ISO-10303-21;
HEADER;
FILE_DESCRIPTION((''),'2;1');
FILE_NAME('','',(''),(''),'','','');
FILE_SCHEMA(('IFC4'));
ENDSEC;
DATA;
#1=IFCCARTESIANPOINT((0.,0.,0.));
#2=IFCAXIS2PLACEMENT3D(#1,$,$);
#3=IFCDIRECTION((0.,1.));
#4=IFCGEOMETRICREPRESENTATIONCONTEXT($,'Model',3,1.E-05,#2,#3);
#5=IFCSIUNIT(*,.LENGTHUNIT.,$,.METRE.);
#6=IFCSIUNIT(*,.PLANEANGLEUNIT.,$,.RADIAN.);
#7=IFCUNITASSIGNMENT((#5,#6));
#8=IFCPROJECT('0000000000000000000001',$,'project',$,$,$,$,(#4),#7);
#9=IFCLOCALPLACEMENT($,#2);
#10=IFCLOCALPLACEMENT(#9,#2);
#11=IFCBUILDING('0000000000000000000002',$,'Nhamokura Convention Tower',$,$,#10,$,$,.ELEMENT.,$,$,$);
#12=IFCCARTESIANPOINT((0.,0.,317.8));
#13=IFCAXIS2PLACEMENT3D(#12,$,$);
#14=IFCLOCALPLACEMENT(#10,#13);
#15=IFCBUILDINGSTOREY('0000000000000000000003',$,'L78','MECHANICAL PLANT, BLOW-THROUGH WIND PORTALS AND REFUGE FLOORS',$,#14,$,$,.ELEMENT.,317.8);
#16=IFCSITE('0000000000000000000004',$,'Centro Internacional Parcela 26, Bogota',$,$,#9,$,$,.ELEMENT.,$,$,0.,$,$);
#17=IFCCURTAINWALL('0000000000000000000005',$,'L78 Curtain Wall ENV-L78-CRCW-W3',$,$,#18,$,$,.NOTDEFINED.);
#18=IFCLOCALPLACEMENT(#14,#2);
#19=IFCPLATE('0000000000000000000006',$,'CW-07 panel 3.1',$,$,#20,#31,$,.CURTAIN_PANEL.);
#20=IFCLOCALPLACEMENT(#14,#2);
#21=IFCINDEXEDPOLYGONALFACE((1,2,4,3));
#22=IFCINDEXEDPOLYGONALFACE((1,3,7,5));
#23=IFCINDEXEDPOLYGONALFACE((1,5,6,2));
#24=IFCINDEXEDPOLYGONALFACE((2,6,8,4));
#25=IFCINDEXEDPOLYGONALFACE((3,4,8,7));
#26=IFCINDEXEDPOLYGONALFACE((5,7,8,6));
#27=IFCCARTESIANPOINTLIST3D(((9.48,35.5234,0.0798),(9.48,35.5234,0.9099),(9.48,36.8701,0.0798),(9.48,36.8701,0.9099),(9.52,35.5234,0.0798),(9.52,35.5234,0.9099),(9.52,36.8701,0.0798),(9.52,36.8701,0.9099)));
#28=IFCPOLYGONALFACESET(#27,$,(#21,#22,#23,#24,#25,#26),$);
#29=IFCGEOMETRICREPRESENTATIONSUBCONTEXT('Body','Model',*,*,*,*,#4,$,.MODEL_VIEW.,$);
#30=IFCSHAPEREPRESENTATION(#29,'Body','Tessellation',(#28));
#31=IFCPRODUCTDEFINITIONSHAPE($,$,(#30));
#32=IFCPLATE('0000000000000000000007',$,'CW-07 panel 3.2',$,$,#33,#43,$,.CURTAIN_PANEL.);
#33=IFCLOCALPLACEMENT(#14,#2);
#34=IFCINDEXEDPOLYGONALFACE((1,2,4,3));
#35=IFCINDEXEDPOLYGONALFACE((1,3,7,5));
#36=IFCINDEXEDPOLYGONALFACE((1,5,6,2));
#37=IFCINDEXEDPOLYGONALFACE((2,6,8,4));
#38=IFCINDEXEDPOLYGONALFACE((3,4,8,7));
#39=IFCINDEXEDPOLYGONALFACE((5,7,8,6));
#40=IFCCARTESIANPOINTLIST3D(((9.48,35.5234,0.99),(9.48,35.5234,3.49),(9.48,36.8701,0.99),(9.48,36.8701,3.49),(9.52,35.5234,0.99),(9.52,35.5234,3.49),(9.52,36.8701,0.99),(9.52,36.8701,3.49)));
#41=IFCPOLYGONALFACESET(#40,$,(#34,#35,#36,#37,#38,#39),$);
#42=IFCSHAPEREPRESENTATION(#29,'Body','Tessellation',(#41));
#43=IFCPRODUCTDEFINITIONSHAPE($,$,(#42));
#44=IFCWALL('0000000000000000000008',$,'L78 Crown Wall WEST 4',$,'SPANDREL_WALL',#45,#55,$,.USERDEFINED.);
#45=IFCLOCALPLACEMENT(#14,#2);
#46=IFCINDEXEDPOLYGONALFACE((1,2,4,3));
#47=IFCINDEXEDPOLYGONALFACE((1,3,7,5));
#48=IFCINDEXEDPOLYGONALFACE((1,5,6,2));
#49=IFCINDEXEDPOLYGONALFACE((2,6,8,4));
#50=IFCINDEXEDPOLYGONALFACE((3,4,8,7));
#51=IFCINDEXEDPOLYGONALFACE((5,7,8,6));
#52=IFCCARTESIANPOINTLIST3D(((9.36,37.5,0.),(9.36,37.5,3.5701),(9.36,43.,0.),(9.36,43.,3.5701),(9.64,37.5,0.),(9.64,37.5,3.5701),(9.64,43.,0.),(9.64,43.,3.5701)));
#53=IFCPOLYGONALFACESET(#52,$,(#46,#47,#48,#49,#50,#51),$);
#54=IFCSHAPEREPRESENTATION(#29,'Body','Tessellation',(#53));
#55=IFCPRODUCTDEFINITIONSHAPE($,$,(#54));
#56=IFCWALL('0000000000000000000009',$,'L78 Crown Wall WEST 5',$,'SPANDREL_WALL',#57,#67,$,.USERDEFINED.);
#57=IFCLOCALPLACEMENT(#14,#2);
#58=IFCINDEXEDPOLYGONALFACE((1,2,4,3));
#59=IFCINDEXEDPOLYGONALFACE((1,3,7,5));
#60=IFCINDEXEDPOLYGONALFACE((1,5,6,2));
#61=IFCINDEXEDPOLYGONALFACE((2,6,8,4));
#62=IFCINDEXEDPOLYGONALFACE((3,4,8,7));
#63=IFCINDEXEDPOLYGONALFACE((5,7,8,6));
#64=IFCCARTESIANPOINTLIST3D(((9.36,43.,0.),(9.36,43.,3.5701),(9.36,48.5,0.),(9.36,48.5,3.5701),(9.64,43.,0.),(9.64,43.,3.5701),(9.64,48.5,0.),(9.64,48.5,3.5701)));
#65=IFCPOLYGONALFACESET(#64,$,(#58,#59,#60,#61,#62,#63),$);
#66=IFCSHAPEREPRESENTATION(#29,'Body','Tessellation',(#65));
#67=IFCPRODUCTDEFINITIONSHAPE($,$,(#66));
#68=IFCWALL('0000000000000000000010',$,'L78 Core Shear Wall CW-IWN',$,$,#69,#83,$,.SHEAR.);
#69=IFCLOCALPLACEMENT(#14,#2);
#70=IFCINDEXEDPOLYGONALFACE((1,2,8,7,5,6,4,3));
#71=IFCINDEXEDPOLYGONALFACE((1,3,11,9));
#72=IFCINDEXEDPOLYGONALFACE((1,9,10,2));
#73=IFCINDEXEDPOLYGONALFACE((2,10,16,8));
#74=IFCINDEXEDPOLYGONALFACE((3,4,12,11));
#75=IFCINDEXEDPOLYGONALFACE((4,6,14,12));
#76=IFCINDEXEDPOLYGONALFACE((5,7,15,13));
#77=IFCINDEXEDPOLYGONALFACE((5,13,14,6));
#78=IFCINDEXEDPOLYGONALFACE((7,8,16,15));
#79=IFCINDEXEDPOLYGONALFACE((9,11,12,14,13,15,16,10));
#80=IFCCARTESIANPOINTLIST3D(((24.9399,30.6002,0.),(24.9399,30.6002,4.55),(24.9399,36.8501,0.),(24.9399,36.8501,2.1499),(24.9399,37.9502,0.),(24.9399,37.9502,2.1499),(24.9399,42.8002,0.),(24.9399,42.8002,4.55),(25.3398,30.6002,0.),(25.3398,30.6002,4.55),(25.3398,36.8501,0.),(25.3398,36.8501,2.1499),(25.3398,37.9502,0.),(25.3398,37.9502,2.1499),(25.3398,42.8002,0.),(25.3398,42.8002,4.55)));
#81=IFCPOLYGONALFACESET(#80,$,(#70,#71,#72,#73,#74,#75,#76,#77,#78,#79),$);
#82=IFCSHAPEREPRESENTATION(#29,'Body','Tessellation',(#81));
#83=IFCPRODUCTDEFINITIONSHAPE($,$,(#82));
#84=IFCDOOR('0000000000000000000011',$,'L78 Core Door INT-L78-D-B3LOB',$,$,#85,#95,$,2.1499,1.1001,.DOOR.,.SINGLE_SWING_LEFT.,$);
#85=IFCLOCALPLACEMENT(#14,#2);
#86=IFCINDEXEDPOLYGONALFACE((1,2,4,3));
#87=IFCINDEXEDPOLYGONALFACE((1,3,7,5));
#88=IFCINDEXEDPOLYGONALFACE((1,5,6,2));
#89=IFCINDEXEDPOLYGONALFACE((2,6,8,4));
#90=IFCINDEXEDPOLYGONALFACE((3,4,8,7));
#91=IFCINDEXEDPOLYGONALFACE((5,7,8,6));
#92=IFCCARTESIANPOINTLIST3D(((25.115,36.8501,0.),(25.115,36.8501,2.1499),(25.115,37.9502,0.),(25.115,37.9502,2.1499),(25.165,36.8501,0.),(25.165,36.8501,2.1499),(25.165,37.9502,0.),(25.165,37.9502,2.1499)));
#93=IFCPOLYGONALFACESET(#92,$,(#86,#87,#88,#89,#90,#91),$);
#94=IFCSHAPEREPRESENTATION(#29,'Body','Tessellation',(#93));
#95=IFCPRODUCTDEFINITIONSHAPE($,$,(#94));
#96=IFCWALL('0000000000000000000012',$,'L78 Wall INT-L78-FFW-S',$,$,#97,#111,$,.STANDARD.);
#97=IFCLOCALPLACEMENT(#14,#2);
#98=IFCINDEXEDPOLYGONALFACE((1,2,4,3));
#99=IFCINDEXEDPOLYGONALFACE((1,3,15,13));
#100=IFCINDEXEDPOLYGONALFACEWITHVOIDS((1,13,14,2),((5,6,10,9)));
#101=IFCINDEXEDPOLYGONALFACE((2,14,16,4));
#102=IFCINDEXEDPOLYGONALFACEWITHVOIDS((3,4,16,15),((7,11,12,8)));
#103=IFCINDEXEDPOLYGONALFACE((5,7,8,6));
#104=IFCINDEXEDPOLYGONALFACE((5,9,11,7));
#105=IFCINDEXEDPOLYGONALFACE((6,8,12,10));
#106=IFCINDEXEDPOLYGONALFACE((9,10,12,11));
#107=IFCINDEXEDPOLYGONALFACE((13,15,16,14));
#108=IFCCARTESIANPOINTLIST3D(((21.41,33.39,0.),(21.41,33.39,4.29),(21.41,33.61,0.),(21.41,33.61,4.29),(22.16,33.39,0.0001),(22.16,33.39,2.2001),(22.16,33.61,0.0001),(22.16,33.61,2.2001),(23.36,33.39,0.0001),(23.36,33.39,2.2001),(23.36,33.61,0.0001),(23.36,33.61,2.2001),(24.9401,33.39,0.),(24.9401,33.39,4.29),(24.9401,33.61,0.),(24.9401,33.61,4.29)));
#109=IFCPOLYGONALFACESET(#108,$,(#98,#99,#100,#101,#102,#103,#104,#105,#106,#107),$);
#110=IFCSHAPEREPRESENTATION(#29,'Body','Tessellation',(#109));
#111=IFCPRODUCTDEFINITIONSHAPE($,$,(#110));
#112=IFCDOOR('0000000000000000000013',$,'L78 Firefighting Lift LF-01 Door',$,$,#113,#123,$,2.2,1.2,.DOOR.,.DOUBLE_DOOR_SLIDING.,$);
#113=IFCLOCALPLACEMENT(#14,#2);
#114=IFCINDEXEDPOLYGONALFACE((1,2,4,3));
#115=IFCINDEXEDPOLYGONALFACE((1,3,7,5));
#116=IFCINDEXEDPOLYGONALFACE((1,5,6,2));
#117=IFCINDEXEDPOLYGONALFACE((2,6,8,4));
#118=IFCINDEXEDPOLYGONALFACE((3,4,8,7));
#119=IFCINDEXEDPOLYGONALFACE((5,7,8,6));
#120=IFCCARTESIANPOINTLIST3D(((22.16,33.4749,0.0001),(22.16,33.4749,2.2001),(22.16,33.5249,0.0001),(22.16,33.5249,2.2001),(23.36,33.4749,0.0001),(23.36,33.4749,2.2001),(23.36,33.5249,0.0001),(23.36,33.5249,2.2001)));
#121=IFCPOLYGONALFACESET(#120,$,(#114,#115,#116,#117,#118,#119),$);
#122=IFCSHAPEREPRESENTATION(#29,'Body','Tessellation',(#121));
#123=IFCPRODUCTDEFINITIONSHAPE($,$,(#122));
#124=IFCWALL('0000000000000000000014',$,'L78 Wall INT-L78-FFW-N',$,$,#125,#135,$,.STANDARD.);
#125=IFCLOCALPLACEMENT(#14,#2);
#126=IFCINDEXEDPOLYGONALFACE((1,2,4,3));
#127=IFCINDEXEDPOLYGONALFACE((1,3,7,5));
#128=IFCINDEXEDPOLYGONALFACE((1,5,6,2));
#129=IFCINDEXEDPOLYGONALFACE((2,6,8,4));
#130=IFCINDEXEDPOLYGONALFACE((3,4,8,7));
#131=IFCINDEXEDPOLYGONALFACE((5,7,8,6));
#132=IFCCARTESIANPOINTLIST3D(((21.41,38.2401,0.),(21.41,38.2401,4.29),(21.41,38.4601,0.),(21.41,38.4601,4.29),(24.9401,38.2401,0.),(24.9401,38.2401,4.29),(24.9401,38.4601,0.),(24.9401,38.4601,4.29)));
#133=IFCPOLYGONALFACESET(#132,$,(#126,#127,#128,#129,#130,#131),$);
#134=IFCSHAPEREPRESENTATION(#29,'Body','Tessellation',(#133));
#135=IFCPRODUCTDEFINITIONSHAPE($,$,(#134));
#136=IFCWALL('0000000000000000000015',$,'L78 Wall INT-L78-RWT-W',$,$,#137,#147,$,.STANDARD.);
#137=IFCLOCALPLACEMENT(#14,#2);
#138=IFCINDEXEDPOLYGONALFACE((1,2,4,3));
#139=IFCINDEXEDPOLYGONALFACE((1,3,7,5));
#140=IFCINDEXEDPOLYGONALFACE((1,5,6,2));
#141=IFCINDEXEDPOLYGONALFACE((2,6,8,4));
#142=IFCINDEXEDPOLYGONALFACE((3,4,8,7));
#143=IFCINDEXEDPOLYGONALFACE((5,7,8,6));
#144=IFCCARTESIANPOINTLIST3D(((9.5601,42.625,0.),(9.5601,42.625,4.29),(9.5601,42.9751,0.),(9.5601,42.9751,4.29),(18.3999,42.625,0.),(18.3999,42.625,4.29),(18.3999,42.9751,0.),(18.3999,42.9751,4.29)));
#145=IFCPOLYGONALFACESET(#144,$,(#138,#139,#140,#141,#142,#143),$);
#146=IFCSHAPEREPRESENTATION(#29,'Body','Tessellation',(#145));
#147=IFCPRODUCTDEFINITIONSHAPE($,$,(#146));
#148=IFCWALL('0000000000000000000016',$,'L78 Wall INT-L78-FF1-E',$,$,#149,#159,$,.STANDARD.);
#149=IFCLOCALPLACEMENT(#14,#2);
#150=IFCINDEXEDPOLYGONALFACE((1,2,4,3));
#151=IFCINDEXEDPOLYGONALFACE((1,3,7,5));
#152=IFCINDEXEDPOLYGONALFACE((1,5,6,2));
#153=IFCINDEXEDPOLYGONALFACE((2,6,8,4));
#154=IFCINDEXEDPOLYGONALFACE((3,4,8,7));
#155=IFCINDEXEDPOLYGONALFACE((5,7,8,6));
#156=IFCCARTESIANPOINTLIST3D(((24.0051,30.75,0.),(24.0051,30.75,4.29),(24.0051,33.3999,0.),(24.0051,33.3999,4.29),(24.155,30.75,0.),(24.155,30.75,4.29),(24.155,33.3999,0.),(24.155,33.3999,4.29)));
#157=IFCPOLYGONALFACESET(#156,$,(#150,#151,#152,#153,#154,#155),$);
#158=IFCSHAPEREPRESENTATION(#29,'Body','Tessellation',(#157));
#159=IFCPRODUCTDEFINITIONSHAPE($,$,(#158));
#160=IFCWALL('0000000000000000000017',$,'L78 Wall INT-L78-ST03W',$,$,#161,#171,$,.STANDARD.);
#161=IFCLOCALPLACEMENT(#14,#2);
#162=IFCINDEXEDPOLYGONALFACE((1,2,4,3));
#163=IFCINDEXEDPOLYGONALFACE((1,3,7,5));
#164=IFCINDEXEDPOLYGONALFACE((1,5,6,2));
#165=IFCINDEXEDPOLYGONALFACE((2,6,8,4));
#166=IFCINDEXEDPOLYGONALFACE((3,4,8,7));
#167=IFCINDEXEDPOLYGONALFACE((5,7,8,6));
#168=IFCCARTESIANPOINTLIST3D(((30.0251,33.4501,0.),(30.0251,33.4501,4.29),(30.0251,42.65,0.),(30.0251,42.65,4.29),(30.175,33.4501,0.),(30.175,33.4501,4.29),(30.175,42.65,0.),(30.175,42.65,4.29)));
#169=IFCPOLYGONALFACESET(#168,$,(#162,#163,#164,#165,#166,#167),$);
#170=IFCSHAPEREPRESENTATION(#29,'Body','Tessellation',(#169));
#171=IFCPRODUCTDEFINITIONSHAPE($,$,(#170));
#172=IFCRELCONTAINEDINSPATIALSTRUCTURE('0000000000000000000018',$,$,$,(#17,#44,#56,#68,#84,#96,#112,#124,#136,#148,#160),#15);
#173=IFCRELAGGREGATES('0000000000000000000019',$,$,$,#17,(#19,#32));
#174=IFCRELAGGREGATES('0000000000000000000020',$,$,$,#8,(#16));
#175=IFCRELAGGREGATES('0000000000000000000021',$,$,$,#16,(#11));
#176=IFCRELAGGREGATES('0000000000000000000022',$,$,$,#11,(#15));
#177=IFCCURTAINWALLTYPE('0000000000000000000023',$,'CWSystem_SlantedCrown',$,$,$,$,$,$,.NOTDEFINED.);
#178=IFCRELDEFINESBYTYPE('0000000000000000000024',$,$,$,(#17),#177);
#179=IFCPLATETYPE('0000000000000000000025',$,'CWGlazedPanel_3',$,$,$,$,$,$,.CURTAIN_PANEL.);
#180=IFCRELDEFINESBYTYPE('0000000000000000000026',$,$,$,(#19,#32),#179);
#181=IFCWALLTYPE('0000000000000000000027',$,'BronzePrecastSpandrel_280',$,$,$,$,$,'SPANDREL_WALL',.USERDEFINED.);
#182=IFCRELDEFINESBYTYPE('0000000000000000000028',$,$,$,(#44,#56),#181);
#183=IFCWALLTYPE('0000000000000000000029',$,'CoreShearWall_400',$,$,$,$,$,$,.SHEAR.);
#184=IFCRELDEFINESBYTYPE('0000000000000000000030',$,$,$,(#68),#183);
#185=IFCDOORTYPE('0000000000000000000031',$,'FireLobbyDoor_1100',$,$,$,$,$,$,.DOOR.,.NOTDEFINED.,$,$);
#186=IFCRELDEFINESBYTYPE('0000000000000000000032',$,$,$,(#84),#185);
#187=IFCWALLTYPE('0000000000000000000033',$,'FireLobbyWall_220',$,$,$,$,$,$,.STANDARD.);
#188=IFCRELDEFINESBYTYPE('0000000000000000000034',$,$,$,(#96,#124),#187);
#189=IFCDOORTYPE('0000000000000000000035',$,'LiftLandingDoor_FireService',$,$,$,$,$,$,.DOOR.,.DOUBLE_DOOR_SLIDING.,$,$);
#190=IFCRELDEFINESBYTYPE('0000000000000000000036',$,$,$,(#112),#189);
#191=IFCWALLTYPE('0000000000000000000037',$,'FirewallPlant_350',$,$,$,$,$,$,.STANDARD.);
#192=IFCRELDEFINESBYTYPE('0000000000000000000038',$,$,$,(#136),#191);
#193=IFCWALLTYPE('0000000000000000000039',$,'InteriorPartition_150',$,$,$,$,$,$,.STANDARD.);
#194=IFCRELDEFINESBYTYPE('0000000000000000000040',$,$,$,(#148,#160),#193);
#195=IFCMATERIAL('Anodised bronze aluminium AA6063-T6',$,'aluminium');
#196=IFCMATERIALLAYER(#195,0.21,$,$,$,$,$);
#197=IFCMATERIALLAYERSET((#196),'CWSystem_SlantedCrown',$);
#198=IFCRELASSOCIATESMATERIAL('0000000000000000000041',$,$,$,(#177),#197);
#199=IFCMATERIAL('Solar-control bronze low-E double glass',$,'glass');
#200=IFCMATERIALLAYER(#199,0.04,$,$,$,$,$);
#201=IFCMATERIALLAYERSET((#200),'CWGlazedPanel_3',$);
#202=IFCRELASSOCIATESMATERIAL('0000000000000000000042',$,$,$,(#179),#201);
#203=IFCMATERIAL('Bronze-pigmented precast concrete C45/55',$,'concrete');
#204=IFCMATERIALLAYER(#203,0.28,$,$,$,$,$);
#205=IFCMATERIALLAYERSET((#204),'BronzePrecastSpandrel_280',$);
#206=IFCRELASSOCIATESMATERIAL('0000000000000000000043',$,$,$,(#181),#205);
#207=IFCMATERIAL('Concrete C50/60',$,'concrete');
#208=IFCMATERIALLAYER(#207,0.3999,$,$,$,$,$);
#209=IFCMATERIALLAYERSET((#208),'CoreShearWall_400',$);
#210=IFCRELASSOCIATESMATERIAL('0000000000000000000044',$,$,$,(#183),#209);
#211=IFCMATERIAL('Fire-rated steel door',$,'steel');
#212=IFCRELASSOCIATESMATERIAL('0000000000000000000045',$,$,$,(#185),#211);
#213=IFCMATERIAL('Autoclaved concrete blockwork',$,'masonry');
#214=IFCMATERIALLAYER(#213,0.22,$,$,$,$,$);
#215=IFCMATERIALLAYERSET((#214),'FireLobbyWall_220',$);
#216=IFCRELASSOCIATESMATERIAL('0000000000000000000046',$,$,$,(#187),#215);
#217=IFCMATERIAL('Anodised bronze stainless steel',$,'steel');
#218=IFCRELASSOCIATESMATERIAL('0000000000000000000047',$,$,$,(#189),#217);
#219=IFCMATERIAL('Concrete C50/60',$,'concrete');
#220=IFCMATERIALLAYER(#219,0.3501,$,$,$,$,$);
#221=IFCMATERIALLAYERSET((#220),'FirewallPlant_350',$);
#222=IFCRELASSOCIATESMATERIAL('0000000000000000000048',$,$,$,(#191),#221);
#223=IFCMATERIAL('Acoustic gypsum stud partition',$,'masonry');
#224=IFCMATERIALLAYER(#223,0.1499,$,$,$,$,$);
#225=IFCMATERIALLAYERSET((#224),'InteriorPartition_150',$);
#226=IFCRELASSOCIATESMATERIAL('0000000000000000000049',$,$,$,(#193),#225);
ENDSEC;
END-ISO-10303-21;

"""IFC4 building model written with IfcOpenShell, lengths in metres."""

from ifc_helpers import new_model, si_unit, direction, frame, frame_2d, origin, origin_2d, place, context, subcontext, project, spatial, rectangle, extrude, material, layer, layer_set, type_object, element, fill, aggregate, save


model = new_model("IFC4")

# Units and contexts
model_context = context("Model", 3, precision=1e-05, world=origin(), true_north=direction((0.0, 1.0)))
body_context = subcontext(model_context, "Body", "Model", "MODEL_VIEW")
ifc_project = project(units=[si_unit("LENGTHUNIT", "METRE"), si_unit("PLANEANGLEUNIT", "RADIAN")], contexts=[model_context])

# Site, building, storey
site_placement = place(None, origin())
site = spatial("IfcSite", under=ifc_project, at=site_placement, Name="Centro Internacional Parcela 26, Bogota", CompositionType="ELEMENT", RefElevation=0.0)
building_placement = place(site_placement, origin())
building = spatial("IfcBuilding", under=site, at=building_placement, Name="Nhamokura Convention Tower", CompositionType="ELEMENT")
storey_placement = place(building_placement, frame((0.0, 0.0, 317.8)))
storey = spatial("IfcBuildingStorey", under=building, at=storey_placement, Name="L78", Description="MECHANICAL PLANT, BLOW-THROUGH WIND PORTALS AND REFUGE FLOORS", CompositionType="ELEMENT", Elevation=317.8)

# Curtain wall
ifc_material_1 = material(Name="Anodised bronze aluminium AA6063-T6", Category="aluminium")
ifc_layer_1 = layer(ifc_material_1, 0.21)
ifc_layer_set_1 = layer_set([ifc_layer_1], Name="CWSystem_SlantedCrown")
curtain_wall_type = type_object("IfcCurtainWallType", Name="CWSystem_SlantedCrown", PredefinedType="NOTDEFINED", material=ifc_layer_set_1)
curtain_wall_placement = place(storey_placement, origin())
curtain_wall = element("IfcCurtainWall", 1, at=curtain_wall_placement, inside=storey, type_object=curtain_wall_type, Name="L78 Curtain Wall ENV-L78-CRCW-W3", PredefinedType="NOTDEFINED")

# Plates
ifc_material_2 = material(Name="Solar-control bronze low-E double glass", Category="glass")
ifc_layer_2 = layer(ifc_material_2, 0.04)
ifc_layer_set_2 = layer_set([ifc_layer_2], Name="CWGlazedPanel_3")
plate_type = type_object("IfcPlateType", Name="CWGlazedPanel_3", PredefinedType="CURTAIN_PANEL", material=ifc_layer_set_2)
plate_1_placement = place(storey_placement, frame((9.5, 36.1968, 0.0798), z_axis=(0.0, 0.0, 1.0), x_axis=(0.0, 1.0, 0.0)))
plate_1 = element("IfcPlate", 2, at=plate_1_placement, type_object=plate_type, Name="CW-07 panel 3.1", PredefinedType="CURTAIN_PANEL", context=body_context, shape_type="SweptSolid", body=[
    extrude(rectangle(XDim=1.3467, YDim=0.04, at=origin_2d()), origin(), (0.0, 0.0, 1.0), 0.8301),
])
plate_2_placement = place(storey_placement, frame((9.5, 36.1968, 0.99), z_axis=(0.0, 0.0, 1.0), x_axis=(0.0, 1.0, 0.0)))
plate_2 = element("IfcPlate", 3, at=plate_2_placement, type_object=plate_type, Name="CW-07 panel 3.2", PredefinedType="CURTAIN_PANEL", context=body_context, shape_type="SweptSolid", body=[
    extrude(rectangle(XDim=1.3467, YDim=0.04, at=origin_2d()), origin(), (0.0, 0.0, 1.0), 2.5),
])
aggregate(curtain_wall, [plate_1, plate_2])

# Walls
ifc_material_3 = material(Name="Bronze-pigmented precast concrete C45/55", Category="concrete")
ifc_layer_3 = layer(ifc_material_3, 0.28)
ifc_layer_set_3 = layer_set([ifc_layer_3], Name="BronzePrecastSpandrel_280")
wall_type_1 = type_object("IfcWallType", Name="BronzePrecastSpandrel_280", ElementType="SPANDREL_WALL", PredefinedType="USERDEFINED", material=ifc_layer_set_3)
for number, where, z_axis, x_axis, name in (
    (4, (9.5, 37.5, 0.0), (0.0, 0.0, 1.0), (0.0, 1.0, 0.0), "L78 Crown Wall WEST 4"),
    (5, (9.5, 43.0, 0.0), (0.0, 0.0, 1.0), (0.0, 1.0, 0.0), "L78 Crown Wall WEST 5"),
):
    element("IfcWall", number, at=place(storey_placement, frame(where, z_axis=z_axis, x_axis=x_axis)), inside=storey, type_object=wall_type_1, Name=name, ObjectType="SPANDREL_WALL", PredefinedType="USERDEFINED", context=body_context, shape_type="SweptSolid", body=[
        extrude(rectangle(XDim=5.5, YDim=0.28, at=frame_2d((2.75, 0.0))), origin(), (0.0, 0.0, 1.0), 3.5701),
    ])

# Walls, openings, doors
ifc_material_4 = material(Name="Concrete C50/60", Category="concrete")
ifc_layer_4 = layer(ifc_material_4, 0.3999)
ifc_layer_set_4 = layer_set([ifc_layer_4], Name="CoreShearWall_400")
wall_type_2 = type_object("IfcWallType", Name="CoreShearWall_400", PredefinedType="SHEAR", material=ifc_layer_set_4)
wall_1_placement = place(storey_placement, frame((25.1399, 30.6001, 0.0), z_axis=(0.0, 0.0, 1.0), x_axis=(0.0, 1.0, 0.0)))
wall_1 = element("IfcWall", 6, at=wall_1_placement, inside=storey, type_object=wall_type_2, Name="L78 Core Shear Wall CW-IWN", PredefinedType="SHEAR", context=body_context, shape_type="SweptSolid", body=[
    extrude(rectangle(XDim=12.2, YDim=0.3999, at=frame_2d((6.1001, 0.0))), origin(), (0.0, 0.0, 1.0), 4.55),
])
opening_1_placement = place(wall_1_placement, frame((6.25, 0.0, 0.0)))
opening_1 = element("IfcOpeningElement", 7, at=opening_1_placement, cuts=wall_1, PredefinedType="OPENING", context=body_context, shape_type="SweptSolid", body=[
    extrude(rectangle(XDim=1.1001, YDim=2.1499, at=frame_2d((0.55, 1.075))), frame((0.0, 0.21, 0.0), z_axis=(0.0, -1.0, 0.0), x_axis=(1.0, 0.0, 0.0)), (0.0, 0.0, 1.0), 0.4199),
])
ifc_material_5 = material(Name="Fire-rated steel door", Category="steel")
door_type_1 = type_object("IfcDoorType", Name="FireLobbyDoor_1100", OperationType="NOTDEFINED", PredefinedType="DOOR", material=ifc_material_5)
door_1_placement = place(opening_1_placement, origin())
door_1 = element("IfcDoor", 8, at=door_1_placement, inside=storey, type_object=door_type_1, Name="L78 Core Door INT-L78-D-B3LOB", OperationType="SINGLE_SWING_LEFT", OverallHeight=2.1499, OverallWidth=1.1001, PredefinedType="DOOR", context=body_context, shape_type="SweptSolid", body=[
    extrude(rectangle(XDim=1.1001, YDim=2.1499, at=frame_2d((0.55, 1.075))), frame((0.0, 0.0249, 0.0), z_axis=(0.0, -1.0, 0.0), x_axis=(1.0, 0.0, 0.0)), (0.0, 0.0, 1.0), 0.05),
])
fill(opening_1, door_1)
ifc_material_6 = material(Name="Autoclaved concrete blockwork", Category="masonry")
ifc_layer_5 = layer(ifc_material_6, 0.22)
ifc_layer_set_5 = layer_set([ifc_layer_5], Name="FireLobbyWall_220")
wall_type_3 = type_object("IfcWallType", Name="FireLobbyWall_220", PredefinedType="STANDARD", material=ifc_layer_set_5)
wall_2_placement = place(storey_placement, frame((21.4099, 33.5, 0.0), z_axis=(0.0, 0.0, 1.0), x_axis=(1.0, 0.0, 0.0)))
wall_2 = element("IfcWall", 9, at=wall_2_placement, inside=storey, type_object=wall_type_3, Name="L78 Wall INT-L78-FFW-S", PredefinedType="STANDARD", context=body_context, shape_type="SweptSolid", body=[
    extrude(rectangle(XDim=3.53, YDim=0.22, at=frame_2d((1.7651, 0.0))), origin(), (0.0, 0.0, 1.0), 4.29),
])
opening_2_placement = place(wall_2_placement, frame((0.75, 0.0, 0.0)))
opening_2 = element("IfcOpeningElement", 10, at=opening_2_placement, cuts=wall_2, PredefinedType="OPENING", context=body_context, shape_type="SweptSolid", body=[
    extrude(rectangle(XDim=1.2, YDim=2.2, at=frame_2d((0.6001, 1.1001))), frame((0.0, 0.1199, 0.0), z_axis=(0.0, -1.0, 0.0), x_axis=(1.0, 0.0, 0.0)), (0.0, 0.0, 1.0), 0.24),
])
ifc_material_7 = material(Name="Anodised bronze stainless steel", Category="steel")
door_type_2 = type_object("IfcDoorType", Name="LiftLandingDoor_FireService", OperationType="DOUBLE_DOOR_SLIDING", PredefinedType="DOOR", material=ifc_material_7)
door_2_placement = place(opening_2_placement, origin())
door_2 = element("IfcDoor", 11, at=door_2_placement, inside=storey, type_object=door_type_2, Name="L78 Firefighting Lift LF-01 Door", OperationType="DOUBLE_DOOR_SLIDING", OverallHeight=2.2, OverallWidth=1.2, PredefinedType="DOOR", context=body_context, shape_type="SweptSolid", body=[
    extrude(rectangle(XDim=1.2, YDim=2.2, at=frame_2d((0.6001, 1.1001))), frame((0.0, 0.0249, 0.0), z_axis=(0.0, -1.0, 0.0), x_axis=(1.0, 0.0, 0.0)), (0.0, 0.0, 1.0), 0.05),
])
fill(opening_2, door_2)

# Wall
wall_3_placement = place(storey_placement, frame((21.4099, 38.3501, 0.0), z_axis=(0.0, 0.0, 1.0), x_axis=(1.0, 0.0, 0.0)))
element("IfcWall", 12, at=wall_3_placement, inside=storey, type_object=wall_type_3, Name="L78 Wall INT-L78-FFW-N", PredefinedType="STANDARD", context=body_context, shape_type="SweptSolid", body=[
    extrude(rectangle(XDim=3.53, YDim=0.22, at=frame_2d((1.7651, 0.0))), origin(), (0.0, 0.0, 1.0), 4.29),
])

# Shared definitions
ifc_material_8 = material(Name="Concrete C50/60", Category="concrete")
ifc_layer_6 = layer(ifc_material_8, 0.3501)
ifc_layer_set_6 = layer_set([ifc_layer_6], Name="FirewallPlant_350")
wall_type_4 = type_object("IfcWallType", Name="FirewallPlant_350", PredefinedType="STANDARD", material=ifc_layer_set_6)

# Walls
wall_4_placement = place(storey_placement, frame((9.5601, 42.8, 0.0), z_axis=(0.0, 0.0, 1.0), x_axis=(1.0, 0.0, 0.0)))
element("IfcWall", 13, at=wall_4_placement, inside=storey, type_object=wall_type_4, Name="L78 Wall INT-L78-RWT-W", PredefinedType="STANDARD", context=body_context, shape_type="SweptSolid", body=[
    extrude(rectangle(XDim=8.8398, YDim=0.3501, at=frame_2d((4.4199, 0.0))), origin(), (0.0, 0.0, 1.0), 4.29),
])
ifc_material_9 = material(Name="Acoustic gypsum stud partition", Category="masonry")
ifc_layer_7 = layer(ifc_material_9, 0.1499)
ifc_layer_set_7 = layer_set([ifc_layer_7], Name="InteriorPartition_150")
wall_type_5 = type_object("IfcWallType", Name="InteriorPartition_150", PredefinedType="STANDARD", material=ifc_layer_set_7)
wall_5_placement = place(storey_placement, frame((24.0801, 30.75, 0.0), z_axis=(0.0, 0.0, 1.0), x_axis=(0.0, 1.0, 0.0)))
element("IfcWall", 14, at=wall_5_placement, inside=storey, type_object=wall_type_5, Name="L78 Wall INT-L78-FF1-E", PredefinedType="STANDARD", context=body_context, shape_type="SweptSolid", body=[
    extrude(rectangle(XDim=2.6499, YDim=0.1499, at=frame_2d((1.325, 0.0))), origin(), (0.0, 0.0, 1.0), 4.29),
])
wall_6_placement = place(storey_placement, frame((30.1001, 33.45, 0.0), z_axis=(0.0, 0.0, 1.0), x_axis=(0.0, 1.0, 0.0)))
element("IfcWall", 15, at=wall_6_placement, inside=storey, type_object=wall_type_5, Name="L78 Wall INT-L78-ST03W", PredefinedType="STANDARD", context=body_context, shape_type="SweptSolid", body=[
    extrude(rectangle(XDim=9.2, YDim=0.1499, at=frame_2d((4.6001, 0.0))), origin(), (0.0, 0.0, 1.0), 4.29),
])

save(model, "model.ifc")
